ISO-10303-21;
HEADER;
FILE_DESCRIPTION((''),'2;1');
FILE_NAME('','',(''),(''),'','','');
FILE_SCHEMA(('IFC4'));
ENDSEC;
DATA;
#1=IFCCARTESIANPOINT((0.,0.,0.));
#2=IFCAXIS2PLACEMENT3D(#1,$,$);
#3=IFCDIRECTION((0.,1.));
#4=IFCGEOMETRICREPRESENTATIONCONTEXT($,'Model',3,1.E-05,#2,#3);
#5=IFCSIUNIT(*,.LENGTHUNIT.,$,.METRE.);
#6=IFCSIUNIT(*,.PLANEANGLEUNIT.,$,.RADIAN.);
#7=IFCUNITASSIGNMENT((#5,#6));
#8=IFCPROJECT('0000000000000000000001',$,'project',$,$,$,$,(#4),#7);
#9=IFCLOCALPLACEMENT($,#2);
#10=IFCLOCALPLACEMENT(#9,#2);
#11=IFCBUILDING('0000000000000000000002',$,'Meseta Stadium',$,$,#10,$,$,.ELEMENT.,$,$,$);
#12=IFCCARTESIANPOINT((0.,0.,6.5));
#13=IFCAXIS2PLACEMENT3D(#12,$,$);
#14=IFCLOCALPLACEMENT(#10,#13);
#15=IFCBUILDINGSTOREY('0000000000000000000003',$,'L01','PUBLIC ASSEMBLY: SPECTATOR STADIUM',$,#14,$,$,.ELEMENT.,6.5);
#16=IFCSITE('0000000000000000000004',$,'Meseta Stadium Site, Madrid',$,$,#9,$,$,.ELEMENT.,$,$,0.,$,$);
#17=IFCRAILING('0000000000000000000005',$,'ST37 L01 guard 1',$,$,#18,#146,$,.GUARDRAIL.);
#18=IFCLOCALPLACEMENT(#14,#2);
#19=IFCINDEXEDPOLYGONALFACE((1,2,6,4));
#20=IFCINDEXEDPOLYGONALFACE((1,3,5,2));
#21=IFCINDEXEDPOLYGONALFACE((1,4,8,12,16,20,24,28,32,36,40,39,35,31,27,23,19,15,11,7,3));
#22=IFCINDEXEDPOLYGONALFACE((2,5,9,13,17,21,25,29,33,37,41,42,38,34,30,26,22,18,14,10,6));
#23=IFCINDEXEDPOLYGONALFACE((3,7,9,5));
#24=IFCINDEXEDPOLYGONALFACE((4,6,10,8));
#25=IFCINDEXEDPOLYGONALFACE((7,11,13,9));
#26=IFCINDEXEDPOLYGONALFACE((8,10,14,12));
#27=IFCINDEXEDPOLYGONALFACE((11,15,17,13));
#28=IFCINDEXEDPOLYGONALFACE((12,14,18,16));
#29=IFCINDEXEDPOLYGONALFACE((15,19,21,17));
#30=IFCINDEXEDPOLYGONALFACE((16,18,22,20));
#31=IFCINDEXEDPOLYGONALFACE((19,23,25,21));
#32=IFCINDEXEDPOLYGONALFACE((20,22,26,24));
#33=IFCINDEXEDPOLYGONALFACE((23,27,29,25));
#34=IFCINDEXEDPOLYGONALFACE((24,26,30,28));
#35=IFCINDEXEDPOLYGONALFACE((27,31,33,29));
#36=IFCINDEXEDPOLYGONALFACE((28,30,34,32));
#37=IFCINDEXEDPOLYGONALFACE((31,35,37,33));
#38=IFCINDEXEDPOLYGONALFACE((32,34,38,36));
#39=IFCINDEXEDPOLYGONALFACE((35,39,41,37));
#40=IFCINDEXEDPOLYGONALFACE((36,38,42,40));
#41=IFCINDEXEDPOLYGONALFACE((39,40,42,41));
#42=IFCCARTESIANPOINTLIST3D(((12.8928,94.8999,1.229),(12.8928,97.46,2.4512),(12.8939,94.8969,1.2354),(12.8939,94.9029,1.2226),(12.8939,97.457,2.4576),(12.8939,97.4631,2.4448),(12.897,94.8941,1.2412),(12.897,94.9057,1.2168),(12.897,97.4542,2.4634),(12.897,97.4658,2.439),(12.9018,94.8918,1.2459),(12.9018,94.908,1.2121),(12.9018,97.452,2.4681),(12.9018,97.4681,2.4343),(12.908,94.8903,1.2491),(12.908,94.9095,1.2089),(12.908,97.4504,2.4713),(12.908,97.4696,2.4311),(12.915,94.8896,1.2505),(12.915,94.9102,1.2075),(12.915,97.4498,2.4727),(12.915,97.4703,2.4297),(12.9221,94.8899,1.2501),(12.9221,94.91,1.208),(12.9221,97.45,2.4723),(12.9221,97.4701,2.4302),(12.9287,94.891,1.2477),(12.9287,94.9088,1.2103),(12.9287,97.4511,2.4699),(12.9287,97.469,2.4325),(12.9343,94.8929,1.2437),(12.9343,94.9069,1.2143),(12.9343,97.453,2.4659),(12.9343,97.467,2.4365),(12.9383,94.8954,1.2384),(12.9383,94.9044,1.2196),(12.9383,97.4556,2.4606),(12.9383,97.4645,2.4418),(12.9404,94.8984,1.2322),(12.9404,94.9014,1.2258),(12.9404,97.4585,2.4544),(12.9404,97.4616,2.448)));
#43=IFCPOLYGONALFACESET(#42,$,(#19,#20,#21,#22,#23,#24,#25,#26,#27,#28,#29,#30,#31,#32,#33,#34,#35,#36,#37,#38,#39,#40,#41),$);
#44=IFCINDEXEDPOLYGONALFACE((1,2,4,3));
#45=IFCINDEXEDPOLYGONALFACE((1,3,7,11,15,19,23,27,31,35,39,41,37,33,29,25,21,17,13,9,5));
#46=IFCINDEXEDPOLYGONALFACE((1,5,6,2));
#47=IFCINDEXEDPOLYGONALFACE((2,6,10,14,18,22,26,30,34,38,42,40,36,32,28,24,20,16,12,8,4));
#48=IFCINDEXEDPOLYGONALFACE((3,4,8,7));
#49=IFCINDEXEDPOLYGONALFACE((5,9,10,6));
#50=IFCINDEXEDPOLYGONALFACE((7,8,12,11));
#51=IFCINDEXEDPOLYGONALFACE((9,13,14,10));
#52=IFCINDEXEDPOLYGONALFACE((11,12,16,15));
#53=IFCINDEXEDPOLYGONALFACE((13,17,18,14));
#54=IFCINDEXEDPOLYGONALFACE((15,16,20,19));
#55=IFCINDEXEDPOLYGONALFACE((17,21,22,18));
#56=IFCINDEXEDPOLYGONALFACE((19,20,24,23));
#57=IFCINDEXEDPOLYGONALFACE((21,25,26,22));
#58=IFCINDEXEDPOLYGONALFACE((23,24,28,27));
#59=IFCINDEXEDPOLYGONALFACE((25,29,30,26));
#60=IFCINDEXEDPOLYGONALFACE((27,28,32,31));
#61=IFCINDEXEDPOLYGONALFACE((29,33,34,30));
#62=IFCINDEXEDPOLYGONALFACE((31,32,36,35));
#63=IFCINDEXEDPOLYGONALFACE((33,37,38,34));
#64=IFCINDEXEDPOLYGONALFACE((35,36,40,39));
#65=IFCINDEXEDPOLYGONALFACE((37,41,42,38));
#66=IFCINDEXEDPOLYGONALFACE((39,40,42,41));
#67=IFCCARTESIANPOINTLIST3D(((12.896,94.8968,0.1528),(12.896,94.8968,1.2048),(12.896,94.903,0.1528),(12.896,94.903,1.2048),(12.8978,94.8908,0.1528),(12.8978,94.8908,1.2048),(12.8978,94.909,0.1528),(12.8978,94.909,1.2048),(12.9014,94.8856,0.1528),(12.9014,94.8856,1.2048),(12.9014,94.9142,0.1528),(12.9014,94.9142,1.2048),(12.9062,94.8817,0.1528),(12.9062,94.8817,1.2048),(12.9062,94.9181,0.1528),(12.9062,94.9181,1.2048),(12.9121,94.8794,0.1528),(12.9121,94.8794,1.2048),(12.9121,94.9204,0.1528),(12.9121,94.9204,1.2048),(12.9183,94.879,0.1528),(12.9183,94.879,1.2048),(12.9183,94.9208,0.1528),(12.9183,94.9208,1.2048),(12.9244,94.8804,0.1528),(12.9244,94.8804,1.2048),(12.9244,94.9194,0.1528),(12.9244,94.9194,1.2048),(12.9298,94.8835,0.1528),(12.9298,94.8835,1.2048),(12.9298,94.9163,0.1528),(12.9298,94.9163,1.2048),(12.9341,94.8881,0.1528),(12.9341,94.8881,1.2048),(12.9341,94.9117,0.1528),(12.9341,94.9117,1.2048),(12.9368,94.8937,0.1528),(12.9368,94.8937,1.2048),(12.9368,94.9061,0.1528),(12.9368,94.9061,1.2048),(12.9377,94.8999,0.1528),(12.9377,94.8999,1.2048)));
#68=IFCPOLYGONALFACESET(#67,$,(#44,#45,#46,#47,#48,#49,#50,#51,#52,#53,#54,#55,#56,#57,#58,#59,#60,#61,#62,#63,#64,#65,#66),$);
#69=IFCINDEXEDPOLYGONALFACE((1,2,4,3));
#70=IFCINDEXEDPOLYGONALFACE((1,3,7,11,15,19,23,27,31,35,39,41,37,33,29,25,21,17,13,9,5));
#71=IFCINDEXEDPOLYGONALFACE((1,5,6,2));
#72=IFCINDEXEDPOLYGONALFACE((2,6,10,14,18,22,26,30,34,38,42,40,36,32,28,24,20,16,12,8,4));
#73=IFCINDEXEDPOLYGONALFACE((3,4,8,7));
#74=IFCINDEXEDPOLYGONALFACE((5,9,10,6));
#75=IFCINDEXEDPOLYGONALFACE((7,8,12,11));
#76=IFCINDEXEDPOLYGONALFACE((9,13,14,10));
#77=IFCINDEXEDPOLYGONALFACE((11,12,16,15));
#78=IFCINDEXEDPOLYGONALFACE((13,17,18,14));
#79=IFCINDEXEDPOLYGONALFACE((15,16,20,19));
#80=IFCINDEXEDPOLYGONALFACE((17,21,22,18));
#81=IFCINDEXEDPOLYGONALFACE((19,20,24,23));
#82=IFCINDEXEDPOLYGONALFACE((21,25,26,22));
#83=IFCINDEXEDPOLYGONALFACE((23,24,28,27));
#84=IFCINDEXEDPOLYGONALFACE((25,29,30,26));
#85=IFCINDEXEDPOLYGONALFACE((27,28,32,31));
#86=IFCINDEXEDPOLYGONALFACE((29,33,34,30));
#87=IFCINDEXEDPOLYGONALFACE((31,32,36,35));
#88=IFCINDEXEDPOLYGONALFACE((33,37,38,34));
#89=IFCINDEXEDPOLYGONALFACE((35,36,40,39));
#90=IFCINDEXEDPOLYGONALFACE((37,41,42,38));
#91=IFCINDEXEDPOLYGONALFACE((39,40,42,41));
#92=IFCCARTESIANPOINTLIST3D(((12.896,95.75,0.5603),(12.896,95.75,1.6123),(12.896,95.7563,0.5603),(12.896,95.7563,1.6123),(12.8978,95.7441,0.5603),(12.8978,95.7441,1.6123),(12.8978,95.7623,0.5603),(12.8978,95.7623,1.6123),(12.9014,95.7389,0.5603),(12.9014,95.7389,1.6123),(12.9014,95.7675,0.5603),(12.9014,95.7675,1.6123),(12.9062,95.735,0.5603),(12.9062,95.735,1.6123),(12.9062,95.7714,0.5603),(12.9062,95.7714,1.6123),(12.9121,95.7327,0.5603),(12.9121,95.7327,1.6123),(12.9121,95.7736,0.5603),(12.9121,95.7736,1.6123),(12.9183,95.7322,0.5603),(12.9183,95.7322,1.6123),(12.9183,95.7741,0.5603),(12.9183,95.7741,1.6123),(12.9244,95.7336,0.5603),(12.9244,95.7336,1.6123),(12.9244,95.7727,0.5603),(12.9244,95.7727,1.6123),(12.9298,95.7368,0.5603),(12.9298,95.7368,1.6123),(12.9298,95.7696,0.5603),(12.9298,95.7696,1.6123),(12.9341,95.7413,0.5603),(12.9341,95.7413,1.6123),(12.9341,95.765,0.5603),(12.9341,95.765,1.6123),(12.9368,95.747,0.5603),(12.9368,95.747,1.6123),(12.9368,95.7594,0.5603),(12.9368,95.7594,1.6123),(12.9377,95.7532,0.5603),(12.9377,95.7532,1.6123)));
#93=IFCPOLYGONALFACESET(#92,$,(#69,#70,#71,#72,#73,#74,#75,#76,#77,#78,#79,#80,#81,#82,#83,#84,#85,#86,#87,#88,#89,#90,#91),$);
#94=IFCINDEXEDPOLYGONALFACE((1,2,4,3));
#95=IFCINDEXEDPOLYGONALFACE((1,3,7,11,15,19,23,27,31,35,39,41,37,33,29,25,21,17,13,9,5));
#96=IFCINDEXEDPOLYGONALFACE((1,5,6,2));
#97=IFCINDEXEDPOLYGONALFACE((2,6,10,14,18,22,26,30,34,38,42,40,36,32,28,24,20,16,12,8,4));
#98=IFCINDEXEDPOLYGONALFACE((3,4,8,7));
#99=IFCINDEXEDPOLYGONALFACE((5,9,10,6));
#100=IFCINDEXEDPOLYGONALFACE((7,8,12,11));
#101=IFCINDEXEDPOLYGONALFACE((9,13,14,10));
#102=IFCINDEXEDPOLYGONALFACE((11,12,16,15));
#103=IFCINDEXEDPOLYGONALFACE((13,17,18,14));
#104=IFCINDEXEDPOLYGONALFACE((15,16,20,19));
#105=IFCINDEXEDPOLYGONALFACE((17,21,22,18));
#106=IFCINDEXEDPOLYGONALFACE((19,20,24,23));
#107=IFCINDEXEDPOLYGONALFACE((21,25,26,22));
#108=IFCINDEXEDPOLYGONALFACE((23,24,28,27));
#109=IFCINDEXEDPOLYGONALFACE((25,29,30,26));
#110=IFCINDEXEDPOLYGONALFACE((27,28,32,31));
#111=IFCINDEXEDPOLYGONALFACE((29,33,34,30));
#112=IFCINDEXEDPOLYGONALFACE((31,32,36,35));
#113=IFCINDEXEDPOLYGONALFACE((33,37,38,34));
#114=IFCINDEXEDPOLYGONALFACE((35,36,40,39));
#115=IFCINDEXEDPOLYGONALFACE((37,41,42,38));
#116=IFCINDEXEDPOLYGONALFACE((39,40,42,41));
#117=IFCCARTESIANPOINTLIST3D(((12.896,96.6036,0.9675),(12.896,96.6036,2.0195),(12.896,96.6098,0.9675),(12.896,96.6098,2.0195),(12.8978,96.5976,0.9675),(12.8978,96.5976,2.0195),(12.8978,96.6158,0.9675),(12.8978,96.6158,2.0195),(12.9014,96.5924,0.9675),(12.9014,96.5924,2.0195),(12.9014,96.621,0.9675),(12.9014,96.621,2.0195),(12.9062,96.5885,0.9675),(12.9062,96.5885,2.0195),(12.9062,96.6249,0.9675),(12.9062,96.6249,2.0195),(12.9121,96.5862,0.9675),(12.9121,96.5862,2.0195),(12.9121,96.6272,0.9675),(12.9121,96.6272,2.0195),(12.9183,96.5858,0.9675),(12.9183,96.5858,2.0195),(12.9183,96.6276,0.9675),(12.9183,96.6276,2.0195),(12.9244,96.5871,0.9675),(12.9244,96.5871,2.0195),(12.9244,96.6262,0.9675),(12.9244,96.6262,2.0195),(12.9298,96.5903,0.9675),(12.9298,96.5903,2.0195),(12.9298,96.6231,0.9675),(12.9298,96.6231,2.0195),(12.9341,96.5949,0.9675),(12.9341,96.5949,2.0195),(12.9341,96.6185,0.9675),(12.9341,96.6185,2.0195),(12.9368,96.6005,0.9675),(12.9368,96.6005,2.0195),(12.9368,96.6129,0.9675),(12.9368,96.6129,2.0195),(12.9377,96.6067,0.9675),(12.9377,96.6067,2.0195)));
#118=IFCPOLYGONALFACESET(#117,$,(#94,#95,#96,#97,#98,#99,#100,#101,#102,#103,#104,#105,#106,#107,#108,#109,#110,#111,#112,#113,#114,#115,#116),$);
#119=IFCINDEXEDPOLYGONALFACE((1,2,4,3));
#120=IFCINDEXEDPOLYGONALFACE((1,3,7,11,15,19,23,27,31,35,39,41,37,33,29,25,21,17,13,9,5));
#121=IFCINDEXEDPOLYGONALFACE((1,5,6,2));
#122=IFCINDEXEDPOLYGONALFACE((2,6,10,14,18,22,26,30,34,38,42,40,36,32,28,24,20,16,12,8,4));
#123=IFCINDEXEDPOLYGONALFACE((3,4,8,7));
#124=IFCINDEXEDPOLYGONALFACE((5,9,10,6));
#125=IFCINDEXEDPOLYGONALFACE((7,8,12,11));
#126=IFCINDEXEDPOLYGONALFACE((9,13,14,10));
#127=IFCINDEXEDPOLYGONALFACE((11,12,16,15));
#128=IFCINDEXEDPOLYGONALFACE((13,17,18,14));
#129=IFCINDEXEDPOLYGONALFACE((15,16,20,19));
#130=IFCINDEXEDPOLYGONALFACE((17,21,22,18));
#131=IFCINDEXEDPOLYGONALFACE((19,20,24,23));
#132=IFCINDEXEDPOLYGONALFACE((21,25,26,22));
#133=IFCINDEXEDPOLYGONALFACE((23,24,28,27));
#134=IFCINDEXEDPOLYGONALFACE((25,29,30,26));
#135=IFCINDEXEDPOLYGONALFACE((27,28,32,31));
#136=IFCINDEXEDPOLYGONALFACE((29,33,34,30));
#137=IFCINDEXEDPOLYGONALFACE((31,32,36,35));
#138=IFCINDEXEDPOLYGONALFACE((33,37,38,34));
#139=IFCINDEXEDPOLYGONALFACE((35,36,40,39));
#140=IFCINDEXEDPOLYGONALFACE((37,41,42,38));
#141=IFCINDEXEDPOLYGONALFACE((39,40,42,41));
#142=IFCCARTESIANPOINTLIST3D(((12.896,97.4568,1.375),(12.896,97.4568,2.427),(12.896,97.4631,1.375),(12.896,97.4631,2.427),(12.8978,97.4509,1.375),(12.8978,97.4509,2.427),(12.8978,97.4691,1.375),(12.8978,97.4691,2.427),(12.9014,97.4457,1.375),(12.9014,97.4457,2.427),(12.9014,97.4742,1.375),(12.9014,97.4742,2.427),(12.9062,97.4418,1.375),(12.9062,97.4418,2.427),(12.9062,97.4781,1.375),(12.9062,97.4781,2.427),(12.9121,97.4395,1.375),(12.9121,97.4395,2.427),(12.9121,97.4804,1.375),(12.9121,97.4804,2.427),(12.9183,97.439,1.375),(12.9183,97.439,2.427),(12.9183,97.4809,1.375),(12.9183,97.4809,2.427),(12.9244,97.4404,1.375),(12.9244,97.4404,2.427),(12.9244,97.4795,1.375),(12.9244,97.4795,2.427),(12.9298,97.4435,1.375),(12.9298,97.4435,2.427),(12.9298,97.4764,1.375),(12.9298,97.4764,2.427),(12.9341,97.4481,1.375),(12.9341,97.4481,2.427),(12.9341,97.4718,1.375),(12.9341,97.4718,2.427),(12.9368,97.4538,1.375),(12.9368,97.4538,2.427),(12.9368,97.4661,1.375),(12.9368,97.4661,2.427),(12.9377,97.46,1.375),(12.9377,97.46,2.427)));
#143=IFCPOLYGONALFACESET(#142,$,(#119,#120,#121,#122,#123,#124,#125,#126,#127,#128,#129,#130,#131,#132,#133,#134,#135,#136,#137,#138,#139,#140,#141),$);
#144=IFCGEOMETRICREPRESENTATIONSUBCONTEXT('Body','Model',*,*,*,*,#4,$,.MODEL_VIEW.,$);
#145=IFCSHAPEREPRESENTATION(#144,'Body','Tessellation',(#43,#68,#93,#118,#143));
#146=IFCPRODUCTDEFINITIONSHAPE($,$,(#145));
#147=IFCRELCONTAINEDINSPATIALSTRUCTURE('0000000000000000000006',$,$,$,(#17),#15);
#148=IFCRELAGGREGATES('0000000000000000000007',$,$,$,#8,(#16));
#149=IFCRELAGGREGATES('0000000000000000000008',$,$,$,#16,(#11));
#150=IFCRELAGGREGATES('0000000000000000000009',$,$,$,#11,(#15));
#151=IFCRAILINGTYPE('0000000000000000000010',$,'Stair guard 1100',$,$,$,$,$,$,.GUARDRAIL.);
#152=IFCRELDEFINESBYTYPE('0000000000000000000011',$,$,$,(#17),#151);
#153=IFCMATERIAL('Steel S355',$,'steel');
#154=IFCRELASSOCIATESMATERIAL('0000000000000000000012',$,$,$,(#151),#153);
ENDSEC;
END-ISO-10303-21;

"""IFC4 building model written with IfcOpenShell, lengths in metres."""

from ifc_helpers import new_model, si_unit, direction, frame, origin, origin_2d, place, context, subcontext, project, spatial, circle, extrude, material, type_object, element, save


model = new_model("IFC4")

# Units and contexts
model_context = context("Model", 3, precision=1e-05, world=origin(), true_north=direction((0.0, 1.0)))
body_context = subcontext(model_context, "Body", "Model", "MODEL_VIEW")
ifc_project = project(units=[si_unit("LENGTHUNIT", "METRE"), si_unit("PLANEANGLEUNIT", "RADIAN")], contexts=[model_context])

# Site, building, storey
site_placement = place(None, origin())
site = spatial("IfcSite", under=ifc_project, at=site_placement, Name="Meseta Stadium Site, Madrid", CompositionType="ELEMENT", RefElevation=0.0)
building_placement = place(site_placement, origin())
building = spatial("IfcBuilding", under=site, at=building_placement, Name="Meseta Stadium", CompositionType="ELEMENT")
storey_placement = place(building_placement, frame((0.0, 0.0, 6.5)))
storey = spatial("IfcBuildingStorey", under=building, at=storey_placement, Name="L01", Description="PUBLIC ASSEMBLY: SPECTATOR STADIUM", CompositionType="ELEMENT", Elevation=6.5)

# Railing
ifc_material_1 = material(Name="Steel S355", Category="steel")
railing_type_1 = type_object("IfcRailingType", Name="Stair guard 1100", PredefinedType="GUARDRAIL", material=ifc_material_1)
railing_1_placement = place(storey_placement, frame((12.9167, 94.8999, 0.1528)))
element("IfcRailing", 1, at=railing_1_placement, inside=storey, type_object=railing_type_1, Name="ST37 L01 guard 1", PredefinedType="GUARDRAIL", context=body_context, shape_type="SweptSolid", body=[
    extrude(circle(Radius=0.0239, at=origin_2d()), frame((0.0, 0.0, 1.0762), z_axis=(0.0, 0.902437, 0.430822), x_axis=(-1.0, 0.0, 0.0)), (0.0, 0.0, 1.0), 2.8369),
    extrude(circle(Radius=0.021, at=origin_2d()), origin(), (0.0, 0.0, 1.0), 1.052),
    extrude(circle(Radius=0.021, at=origin_2d()), frame((0.0, 0.8533, 0.4075)), (0.0, 0.0, 1.0), 1.052),
    extrude(circle(Radius=0.021, at=origin_2d()), frame((0.0, 1.7068, 0.8147)), (0.0, 0.0, 1.0), 1.052),
    extrude(circle(Radius=0.021, at=origin_2d()), frame((0.0, 2.5601, 1.2222)), (0.0, 0.0, 1.0), 1.052),
])

save(model, "model.ifc")
